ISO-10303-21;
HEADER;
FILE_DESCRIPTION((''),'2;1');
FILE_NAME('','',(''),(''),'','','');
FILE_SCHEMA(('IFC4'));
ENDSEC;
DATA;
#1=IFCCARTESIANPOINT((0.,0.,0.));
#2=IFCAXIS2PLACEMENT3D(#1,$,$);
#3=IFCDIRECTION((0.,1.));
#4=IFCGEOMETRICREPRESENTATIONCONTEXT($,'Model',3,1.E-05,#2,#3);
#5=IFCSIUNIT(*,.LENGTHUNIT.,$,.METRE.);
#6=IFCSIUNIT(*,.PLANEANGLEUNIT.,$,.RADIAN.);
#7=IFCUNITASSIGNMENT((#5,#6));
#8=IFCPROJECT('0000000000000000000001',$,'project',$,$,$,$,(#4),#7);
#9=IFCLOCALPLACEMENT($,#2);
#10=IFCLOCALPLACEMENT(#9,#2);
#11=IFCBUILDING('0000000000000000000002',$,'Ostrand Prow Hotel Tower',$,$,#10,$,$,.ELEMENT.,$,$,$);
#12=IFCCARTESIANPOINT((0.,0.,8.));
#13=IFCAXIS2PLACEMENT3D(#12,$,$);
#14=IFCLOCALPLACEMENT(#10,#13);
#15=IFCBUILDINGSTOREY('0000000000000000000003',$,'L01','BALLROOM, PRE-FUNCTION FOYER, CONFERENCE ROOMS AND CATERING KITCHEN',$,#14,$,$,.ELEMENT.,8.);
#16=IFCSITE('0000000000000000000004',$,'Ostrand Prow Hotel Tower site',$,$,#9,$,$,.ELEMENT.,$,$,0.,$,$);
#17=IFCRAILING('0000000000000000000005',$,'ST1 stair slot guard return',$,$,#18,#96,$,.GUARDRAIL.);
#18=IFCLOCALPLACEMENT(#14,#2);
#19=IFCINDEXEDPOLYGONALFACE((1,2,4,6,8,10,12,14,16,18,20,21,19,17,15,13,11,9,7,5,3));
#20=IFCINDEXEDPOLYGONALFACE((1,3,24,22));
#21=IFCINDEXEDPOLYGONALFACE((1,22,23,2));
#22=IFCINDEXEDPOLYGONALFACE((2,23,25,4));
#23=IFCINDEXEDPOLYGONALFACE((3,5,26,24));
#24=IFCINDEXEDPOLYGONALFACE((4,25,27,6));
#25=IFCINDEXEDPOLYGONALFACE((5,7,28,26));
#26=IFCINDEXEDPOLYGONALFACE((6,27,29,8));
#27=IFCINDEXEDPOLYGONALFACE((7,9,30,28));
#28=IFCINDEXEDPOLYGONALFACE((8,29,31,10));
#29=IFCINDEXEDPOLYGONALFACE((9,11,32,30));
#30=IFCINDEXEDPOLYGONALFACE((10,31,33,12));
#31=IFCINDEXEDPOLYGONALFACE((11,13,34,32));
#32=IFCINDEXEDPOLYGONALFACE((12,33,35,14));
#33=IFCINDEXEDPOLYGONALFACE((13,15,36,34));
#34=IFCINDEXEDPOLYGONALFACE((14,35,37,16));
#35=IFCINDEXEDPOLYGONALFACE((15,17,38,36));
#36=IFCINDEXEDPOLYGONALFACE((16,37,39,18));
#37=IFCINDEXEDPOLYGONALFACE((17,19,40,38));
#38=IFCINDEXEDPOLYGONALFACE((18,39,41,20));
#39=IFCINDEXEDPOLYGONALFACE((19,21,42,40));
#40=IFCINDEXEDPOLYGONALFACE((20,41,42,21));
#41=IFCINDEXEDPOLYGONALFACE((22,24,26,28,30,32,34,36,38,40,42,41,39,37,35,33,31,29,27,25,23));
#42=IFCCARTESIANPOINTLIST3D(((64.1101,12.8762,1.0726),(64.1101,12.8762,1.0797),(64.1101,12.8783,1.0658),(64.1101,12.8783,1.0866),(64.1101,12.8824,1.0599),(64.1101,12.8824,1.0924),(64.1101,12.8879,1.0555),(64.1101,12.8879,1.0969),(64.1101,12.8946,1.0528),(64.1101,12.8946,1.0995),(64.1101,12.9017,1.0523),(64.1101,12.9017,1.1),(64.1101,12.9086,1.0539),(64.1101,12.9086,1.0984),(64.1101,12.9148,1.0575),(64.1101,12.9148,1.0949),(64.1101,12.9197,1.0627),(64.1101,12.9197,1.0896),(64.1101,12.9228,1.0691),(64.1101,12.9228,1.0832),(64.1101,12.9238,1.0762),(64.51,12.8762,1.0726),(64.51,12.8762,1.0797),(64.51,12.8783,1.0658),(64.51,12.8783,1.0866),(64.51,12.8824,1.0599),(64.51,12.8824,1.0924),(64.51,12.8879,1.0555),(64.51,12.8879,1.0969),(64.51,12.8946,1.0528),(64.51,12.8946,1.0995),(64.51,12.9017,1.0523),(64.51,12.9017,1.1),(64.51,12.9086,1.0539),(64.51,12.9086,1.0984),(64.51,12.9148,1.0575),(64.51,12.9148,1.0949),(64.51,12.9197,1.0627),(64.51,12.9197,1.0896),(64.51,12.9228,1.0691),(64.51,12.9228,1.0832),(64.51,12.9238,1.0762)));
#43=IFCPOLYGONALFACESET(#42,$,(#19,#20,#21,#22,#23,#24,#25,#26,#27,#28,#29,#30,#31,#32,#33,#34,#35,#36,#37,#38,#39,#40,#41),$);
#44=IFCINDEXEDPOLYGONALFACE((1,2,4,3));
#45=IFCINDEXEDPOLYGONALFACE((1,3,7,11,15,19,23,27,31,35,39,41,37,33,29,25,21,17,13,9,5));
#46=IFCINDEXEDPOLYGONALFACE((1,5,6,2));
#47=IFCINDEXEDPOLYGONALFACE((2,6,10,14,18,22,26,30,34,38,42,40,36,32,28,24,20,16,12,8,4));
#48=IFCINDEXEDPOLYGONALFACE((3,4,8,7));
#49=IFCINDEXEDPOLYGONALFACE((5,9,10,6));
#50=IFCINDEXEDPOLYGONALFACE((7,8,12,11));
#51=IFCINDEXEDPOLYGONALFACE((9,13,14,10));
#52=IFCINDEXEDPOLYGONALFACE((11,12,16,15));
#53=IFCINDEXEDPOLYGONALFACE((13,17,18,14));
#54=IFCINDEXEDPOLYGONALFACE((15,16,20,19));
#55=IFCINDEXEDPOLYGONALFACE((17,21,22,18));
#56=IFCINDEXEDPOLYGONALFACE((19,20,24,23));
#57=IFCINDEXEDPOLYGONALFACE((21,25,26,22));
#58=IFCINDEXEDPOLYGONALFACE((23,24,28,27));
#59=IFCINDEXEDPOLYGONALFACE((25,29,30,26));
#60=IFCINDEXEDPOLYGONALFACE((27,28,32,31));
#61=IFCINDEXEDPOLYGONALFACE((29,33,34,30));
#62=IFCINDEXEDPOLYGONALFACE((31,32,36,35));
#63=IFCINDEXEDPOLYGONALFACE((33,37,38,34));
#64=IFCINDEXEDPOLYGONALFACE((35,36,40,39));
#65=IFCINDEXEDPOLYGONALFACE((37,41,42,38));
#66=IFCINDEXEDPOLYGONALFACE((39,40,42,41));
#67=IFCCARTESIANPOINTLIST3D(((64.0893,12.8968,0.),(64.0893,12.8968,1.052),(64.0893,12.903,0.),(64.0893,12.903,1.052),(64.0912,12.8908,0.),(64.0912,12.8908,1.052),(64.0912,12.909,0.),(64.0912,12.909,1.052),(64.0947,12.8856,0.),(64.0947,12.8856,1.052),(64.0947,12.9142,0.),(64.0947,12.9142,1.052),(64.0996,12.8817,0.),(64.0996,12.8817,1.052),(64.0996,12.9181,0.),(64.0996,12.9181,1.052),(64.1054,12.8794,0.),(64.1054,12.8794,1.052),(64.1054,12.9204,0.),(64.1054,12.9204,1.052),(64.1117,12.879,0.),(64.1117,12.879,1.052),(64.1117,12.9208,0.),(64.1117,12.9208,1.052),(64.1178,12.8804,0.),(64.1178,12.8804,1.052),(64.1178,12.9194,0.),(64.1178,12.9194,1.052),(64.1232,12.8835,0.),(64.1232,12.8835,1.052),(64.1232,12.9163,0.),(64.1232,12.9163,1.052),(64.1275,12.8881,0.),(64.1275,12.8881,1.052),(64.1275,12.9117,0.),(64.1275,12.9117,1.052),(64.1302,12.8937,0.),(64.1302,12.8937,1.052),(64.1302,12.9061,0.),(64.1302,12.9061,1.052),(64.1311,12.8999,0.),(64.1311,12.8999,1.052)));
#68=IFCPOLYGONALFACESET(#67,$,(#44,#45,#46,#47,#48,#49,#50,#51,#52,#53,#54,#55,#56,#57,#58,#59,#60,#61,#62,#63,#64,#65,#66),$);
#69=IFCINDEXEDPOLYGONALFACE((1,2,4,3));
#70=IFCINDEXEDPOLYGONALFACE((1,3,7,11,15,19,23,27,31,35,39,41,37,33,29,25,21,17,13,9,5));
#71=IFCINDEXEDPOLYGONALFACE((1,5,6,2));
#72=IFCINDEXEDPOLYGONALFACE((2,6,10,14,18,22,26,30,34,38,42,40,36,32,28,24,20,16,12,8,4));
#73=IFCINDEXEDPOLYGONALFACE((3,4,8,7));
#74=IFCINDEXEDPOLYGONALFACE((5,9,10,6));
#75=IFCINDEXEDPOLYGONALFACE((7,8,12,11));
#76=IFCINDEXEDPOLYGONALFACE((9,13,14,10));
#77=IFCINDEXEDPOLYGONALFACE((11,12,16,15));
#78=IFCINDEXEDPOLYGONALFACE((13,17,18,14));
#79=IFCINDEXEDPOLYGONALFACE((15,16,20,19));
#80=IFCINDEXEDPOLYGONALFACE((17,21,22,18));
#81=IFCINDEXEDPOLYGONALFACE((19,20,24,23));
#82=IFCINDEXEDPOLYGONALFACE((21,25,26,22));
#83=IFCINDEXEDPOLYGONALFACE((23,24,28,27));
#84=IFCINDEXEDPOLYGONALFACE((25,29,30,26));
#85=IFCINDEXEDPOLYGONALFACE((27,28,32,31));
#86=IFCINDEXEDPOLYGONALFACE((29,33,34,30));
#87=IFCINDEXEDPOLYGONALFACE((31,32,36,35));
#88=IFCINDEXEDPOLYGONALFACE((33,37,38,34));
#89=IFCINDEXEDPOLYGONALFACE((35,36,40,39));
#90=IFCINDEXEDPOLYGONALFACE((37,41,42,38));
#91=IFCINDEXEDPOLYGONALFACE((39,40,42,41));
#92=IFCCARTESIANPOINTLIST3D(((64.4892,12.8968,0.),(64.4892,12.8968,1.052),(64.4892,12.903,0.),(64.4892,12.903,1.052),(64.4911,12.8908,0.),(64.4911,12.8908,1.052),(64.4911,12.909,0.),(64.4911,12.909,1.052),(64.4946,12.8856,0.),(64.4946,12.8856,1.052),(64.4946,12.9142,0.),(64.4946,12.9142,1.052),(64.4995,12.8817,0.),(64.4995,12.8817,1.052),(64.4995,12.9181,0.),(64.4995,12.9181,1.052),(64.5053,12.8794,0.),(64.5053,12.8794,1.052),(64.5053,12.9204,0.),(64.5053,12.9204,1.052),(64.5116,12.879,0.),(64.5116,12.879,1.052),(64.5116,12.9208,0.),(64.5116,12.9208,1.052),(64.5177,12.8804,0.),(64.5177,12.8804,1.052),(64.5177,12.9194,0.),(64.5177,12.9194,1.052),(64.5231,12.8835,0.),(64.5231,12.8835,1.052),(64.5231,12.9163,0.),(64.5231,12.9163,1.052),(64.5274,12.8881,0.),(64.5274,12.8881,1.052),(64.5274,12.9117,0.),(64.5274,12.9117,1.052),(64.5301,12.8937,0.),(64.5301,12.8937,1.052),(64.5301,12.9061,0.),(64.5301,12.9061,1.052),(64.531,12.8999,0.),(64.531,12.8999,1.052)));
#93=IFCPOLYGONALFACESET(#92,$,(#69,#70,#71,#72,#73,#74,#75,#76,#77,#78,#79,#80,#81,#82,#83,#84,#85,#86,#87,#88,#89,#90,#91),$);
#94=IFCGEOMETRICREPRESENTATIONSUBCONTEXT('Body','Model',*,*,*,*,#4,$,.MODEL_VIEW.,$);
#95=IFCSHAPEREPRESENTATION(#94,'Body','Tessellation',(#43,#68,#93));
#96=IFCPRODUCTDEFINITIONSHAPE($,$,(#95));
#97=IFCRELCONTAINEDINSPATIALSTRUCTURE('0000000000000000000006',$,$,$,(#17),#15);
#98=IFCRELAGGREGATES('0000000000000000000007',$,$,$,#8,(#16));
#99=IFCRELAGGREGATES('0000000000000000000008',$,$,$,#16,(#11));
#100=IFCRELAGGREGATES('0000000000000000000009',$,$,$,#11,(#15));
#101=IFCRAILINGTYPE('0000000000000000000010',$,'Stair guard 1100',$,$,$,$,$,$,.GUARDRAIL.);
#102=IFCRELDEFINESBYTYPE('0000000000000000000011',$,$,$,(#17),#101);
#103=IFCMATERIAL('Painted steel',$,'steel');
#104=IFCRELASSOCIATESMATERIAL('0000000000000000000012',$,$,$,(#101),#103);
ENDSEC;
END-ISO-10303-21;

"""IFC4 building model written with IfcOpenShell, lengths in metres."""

from ifc_helpers import new_model, si_unit, direction, frame, origin, origin_2d, place, context, subcontext, project, spatial, circle, extrude, material, type_object, element, save


model = new_model("IFC4")

# Units and contexts
model_context = context("Model", 3, precision=1e-05, world=origin(), true_north=direction((0.0, 1.0)))
body_context = subcontext(model_context, "Body", "Model", "MODEL_VIEW")
ifc_project = project(units=[si_unit("LENGTHUNIT", "METRE"), si_unit("PLANEANGLEUNIT", "RADIAN")], contexts=[model_context])

# Site, building, storey
site_placement = place(None, origin())
site = spatial("IfcSite", under=ifc_project, at=site_placement, Name="Ostrand Prow Hotel Tower site", CompositionType="ELEMENT", RefElevation=0.0)
building_placement = place(site_placement, origin())
building = spatial("IfcBuilding", under=site, at=building_placement, Name="Ostrand Prow Hotel Tower", CompositionType="ELEMENT")
storey_placement = place(building_placement, frame((0.0, 0.0, 8.0)))
storey = spatial("IfcBuildingStorey", under=building, at=storey_placement, Name="L01", Description="BALLROOM, PRE-FUNCTION FOYER, CONFERENCE ROOMS AND CATERING KITCHEN", CompositionType="ELEMENT", Elevation=8.0)

# Railing
ifc_material_1 = material(Name="Painted steel", Category="steel")
railing_type_1 = type_object("IfcRailingType", Name="Stair guard 1100", PredefinedType="GUARDRAIL", material=ifc_material_1)
railing_1_placement = place(storey_placement, frame((64.1101, 12.8999, 0.0)))
element("IfcRailing", 1, at=railing_1_placement, inside=storey, type_object=railing_type_1, Name="ST1 stair slot guard return", PredefinedType="GUARDRAIL", context=body_context, shape_type="SweptSolid", body=[
    extrude(circle(Radius=0.0239, at=origin_2d()), frame((0.0, 0.0, 1.0762), z_axis=(1.0, 0.0, 0.0), x_axis=(0.0, 1.0, 0.0)), (0.0, 0.0, 1.0), 0.3999),
    extrude(circle(Radius=0.021, at=origin_2d()), origin(), (0.0, 0.0, 1.0), 1.052),
    extrude(circle(Radius=0.021, at=origin_2d()), frame((0.3999, 0.0, 0.0)), (0.0, 0.0, 1.0), 1.052),
])

save(model, "model.ifc")
